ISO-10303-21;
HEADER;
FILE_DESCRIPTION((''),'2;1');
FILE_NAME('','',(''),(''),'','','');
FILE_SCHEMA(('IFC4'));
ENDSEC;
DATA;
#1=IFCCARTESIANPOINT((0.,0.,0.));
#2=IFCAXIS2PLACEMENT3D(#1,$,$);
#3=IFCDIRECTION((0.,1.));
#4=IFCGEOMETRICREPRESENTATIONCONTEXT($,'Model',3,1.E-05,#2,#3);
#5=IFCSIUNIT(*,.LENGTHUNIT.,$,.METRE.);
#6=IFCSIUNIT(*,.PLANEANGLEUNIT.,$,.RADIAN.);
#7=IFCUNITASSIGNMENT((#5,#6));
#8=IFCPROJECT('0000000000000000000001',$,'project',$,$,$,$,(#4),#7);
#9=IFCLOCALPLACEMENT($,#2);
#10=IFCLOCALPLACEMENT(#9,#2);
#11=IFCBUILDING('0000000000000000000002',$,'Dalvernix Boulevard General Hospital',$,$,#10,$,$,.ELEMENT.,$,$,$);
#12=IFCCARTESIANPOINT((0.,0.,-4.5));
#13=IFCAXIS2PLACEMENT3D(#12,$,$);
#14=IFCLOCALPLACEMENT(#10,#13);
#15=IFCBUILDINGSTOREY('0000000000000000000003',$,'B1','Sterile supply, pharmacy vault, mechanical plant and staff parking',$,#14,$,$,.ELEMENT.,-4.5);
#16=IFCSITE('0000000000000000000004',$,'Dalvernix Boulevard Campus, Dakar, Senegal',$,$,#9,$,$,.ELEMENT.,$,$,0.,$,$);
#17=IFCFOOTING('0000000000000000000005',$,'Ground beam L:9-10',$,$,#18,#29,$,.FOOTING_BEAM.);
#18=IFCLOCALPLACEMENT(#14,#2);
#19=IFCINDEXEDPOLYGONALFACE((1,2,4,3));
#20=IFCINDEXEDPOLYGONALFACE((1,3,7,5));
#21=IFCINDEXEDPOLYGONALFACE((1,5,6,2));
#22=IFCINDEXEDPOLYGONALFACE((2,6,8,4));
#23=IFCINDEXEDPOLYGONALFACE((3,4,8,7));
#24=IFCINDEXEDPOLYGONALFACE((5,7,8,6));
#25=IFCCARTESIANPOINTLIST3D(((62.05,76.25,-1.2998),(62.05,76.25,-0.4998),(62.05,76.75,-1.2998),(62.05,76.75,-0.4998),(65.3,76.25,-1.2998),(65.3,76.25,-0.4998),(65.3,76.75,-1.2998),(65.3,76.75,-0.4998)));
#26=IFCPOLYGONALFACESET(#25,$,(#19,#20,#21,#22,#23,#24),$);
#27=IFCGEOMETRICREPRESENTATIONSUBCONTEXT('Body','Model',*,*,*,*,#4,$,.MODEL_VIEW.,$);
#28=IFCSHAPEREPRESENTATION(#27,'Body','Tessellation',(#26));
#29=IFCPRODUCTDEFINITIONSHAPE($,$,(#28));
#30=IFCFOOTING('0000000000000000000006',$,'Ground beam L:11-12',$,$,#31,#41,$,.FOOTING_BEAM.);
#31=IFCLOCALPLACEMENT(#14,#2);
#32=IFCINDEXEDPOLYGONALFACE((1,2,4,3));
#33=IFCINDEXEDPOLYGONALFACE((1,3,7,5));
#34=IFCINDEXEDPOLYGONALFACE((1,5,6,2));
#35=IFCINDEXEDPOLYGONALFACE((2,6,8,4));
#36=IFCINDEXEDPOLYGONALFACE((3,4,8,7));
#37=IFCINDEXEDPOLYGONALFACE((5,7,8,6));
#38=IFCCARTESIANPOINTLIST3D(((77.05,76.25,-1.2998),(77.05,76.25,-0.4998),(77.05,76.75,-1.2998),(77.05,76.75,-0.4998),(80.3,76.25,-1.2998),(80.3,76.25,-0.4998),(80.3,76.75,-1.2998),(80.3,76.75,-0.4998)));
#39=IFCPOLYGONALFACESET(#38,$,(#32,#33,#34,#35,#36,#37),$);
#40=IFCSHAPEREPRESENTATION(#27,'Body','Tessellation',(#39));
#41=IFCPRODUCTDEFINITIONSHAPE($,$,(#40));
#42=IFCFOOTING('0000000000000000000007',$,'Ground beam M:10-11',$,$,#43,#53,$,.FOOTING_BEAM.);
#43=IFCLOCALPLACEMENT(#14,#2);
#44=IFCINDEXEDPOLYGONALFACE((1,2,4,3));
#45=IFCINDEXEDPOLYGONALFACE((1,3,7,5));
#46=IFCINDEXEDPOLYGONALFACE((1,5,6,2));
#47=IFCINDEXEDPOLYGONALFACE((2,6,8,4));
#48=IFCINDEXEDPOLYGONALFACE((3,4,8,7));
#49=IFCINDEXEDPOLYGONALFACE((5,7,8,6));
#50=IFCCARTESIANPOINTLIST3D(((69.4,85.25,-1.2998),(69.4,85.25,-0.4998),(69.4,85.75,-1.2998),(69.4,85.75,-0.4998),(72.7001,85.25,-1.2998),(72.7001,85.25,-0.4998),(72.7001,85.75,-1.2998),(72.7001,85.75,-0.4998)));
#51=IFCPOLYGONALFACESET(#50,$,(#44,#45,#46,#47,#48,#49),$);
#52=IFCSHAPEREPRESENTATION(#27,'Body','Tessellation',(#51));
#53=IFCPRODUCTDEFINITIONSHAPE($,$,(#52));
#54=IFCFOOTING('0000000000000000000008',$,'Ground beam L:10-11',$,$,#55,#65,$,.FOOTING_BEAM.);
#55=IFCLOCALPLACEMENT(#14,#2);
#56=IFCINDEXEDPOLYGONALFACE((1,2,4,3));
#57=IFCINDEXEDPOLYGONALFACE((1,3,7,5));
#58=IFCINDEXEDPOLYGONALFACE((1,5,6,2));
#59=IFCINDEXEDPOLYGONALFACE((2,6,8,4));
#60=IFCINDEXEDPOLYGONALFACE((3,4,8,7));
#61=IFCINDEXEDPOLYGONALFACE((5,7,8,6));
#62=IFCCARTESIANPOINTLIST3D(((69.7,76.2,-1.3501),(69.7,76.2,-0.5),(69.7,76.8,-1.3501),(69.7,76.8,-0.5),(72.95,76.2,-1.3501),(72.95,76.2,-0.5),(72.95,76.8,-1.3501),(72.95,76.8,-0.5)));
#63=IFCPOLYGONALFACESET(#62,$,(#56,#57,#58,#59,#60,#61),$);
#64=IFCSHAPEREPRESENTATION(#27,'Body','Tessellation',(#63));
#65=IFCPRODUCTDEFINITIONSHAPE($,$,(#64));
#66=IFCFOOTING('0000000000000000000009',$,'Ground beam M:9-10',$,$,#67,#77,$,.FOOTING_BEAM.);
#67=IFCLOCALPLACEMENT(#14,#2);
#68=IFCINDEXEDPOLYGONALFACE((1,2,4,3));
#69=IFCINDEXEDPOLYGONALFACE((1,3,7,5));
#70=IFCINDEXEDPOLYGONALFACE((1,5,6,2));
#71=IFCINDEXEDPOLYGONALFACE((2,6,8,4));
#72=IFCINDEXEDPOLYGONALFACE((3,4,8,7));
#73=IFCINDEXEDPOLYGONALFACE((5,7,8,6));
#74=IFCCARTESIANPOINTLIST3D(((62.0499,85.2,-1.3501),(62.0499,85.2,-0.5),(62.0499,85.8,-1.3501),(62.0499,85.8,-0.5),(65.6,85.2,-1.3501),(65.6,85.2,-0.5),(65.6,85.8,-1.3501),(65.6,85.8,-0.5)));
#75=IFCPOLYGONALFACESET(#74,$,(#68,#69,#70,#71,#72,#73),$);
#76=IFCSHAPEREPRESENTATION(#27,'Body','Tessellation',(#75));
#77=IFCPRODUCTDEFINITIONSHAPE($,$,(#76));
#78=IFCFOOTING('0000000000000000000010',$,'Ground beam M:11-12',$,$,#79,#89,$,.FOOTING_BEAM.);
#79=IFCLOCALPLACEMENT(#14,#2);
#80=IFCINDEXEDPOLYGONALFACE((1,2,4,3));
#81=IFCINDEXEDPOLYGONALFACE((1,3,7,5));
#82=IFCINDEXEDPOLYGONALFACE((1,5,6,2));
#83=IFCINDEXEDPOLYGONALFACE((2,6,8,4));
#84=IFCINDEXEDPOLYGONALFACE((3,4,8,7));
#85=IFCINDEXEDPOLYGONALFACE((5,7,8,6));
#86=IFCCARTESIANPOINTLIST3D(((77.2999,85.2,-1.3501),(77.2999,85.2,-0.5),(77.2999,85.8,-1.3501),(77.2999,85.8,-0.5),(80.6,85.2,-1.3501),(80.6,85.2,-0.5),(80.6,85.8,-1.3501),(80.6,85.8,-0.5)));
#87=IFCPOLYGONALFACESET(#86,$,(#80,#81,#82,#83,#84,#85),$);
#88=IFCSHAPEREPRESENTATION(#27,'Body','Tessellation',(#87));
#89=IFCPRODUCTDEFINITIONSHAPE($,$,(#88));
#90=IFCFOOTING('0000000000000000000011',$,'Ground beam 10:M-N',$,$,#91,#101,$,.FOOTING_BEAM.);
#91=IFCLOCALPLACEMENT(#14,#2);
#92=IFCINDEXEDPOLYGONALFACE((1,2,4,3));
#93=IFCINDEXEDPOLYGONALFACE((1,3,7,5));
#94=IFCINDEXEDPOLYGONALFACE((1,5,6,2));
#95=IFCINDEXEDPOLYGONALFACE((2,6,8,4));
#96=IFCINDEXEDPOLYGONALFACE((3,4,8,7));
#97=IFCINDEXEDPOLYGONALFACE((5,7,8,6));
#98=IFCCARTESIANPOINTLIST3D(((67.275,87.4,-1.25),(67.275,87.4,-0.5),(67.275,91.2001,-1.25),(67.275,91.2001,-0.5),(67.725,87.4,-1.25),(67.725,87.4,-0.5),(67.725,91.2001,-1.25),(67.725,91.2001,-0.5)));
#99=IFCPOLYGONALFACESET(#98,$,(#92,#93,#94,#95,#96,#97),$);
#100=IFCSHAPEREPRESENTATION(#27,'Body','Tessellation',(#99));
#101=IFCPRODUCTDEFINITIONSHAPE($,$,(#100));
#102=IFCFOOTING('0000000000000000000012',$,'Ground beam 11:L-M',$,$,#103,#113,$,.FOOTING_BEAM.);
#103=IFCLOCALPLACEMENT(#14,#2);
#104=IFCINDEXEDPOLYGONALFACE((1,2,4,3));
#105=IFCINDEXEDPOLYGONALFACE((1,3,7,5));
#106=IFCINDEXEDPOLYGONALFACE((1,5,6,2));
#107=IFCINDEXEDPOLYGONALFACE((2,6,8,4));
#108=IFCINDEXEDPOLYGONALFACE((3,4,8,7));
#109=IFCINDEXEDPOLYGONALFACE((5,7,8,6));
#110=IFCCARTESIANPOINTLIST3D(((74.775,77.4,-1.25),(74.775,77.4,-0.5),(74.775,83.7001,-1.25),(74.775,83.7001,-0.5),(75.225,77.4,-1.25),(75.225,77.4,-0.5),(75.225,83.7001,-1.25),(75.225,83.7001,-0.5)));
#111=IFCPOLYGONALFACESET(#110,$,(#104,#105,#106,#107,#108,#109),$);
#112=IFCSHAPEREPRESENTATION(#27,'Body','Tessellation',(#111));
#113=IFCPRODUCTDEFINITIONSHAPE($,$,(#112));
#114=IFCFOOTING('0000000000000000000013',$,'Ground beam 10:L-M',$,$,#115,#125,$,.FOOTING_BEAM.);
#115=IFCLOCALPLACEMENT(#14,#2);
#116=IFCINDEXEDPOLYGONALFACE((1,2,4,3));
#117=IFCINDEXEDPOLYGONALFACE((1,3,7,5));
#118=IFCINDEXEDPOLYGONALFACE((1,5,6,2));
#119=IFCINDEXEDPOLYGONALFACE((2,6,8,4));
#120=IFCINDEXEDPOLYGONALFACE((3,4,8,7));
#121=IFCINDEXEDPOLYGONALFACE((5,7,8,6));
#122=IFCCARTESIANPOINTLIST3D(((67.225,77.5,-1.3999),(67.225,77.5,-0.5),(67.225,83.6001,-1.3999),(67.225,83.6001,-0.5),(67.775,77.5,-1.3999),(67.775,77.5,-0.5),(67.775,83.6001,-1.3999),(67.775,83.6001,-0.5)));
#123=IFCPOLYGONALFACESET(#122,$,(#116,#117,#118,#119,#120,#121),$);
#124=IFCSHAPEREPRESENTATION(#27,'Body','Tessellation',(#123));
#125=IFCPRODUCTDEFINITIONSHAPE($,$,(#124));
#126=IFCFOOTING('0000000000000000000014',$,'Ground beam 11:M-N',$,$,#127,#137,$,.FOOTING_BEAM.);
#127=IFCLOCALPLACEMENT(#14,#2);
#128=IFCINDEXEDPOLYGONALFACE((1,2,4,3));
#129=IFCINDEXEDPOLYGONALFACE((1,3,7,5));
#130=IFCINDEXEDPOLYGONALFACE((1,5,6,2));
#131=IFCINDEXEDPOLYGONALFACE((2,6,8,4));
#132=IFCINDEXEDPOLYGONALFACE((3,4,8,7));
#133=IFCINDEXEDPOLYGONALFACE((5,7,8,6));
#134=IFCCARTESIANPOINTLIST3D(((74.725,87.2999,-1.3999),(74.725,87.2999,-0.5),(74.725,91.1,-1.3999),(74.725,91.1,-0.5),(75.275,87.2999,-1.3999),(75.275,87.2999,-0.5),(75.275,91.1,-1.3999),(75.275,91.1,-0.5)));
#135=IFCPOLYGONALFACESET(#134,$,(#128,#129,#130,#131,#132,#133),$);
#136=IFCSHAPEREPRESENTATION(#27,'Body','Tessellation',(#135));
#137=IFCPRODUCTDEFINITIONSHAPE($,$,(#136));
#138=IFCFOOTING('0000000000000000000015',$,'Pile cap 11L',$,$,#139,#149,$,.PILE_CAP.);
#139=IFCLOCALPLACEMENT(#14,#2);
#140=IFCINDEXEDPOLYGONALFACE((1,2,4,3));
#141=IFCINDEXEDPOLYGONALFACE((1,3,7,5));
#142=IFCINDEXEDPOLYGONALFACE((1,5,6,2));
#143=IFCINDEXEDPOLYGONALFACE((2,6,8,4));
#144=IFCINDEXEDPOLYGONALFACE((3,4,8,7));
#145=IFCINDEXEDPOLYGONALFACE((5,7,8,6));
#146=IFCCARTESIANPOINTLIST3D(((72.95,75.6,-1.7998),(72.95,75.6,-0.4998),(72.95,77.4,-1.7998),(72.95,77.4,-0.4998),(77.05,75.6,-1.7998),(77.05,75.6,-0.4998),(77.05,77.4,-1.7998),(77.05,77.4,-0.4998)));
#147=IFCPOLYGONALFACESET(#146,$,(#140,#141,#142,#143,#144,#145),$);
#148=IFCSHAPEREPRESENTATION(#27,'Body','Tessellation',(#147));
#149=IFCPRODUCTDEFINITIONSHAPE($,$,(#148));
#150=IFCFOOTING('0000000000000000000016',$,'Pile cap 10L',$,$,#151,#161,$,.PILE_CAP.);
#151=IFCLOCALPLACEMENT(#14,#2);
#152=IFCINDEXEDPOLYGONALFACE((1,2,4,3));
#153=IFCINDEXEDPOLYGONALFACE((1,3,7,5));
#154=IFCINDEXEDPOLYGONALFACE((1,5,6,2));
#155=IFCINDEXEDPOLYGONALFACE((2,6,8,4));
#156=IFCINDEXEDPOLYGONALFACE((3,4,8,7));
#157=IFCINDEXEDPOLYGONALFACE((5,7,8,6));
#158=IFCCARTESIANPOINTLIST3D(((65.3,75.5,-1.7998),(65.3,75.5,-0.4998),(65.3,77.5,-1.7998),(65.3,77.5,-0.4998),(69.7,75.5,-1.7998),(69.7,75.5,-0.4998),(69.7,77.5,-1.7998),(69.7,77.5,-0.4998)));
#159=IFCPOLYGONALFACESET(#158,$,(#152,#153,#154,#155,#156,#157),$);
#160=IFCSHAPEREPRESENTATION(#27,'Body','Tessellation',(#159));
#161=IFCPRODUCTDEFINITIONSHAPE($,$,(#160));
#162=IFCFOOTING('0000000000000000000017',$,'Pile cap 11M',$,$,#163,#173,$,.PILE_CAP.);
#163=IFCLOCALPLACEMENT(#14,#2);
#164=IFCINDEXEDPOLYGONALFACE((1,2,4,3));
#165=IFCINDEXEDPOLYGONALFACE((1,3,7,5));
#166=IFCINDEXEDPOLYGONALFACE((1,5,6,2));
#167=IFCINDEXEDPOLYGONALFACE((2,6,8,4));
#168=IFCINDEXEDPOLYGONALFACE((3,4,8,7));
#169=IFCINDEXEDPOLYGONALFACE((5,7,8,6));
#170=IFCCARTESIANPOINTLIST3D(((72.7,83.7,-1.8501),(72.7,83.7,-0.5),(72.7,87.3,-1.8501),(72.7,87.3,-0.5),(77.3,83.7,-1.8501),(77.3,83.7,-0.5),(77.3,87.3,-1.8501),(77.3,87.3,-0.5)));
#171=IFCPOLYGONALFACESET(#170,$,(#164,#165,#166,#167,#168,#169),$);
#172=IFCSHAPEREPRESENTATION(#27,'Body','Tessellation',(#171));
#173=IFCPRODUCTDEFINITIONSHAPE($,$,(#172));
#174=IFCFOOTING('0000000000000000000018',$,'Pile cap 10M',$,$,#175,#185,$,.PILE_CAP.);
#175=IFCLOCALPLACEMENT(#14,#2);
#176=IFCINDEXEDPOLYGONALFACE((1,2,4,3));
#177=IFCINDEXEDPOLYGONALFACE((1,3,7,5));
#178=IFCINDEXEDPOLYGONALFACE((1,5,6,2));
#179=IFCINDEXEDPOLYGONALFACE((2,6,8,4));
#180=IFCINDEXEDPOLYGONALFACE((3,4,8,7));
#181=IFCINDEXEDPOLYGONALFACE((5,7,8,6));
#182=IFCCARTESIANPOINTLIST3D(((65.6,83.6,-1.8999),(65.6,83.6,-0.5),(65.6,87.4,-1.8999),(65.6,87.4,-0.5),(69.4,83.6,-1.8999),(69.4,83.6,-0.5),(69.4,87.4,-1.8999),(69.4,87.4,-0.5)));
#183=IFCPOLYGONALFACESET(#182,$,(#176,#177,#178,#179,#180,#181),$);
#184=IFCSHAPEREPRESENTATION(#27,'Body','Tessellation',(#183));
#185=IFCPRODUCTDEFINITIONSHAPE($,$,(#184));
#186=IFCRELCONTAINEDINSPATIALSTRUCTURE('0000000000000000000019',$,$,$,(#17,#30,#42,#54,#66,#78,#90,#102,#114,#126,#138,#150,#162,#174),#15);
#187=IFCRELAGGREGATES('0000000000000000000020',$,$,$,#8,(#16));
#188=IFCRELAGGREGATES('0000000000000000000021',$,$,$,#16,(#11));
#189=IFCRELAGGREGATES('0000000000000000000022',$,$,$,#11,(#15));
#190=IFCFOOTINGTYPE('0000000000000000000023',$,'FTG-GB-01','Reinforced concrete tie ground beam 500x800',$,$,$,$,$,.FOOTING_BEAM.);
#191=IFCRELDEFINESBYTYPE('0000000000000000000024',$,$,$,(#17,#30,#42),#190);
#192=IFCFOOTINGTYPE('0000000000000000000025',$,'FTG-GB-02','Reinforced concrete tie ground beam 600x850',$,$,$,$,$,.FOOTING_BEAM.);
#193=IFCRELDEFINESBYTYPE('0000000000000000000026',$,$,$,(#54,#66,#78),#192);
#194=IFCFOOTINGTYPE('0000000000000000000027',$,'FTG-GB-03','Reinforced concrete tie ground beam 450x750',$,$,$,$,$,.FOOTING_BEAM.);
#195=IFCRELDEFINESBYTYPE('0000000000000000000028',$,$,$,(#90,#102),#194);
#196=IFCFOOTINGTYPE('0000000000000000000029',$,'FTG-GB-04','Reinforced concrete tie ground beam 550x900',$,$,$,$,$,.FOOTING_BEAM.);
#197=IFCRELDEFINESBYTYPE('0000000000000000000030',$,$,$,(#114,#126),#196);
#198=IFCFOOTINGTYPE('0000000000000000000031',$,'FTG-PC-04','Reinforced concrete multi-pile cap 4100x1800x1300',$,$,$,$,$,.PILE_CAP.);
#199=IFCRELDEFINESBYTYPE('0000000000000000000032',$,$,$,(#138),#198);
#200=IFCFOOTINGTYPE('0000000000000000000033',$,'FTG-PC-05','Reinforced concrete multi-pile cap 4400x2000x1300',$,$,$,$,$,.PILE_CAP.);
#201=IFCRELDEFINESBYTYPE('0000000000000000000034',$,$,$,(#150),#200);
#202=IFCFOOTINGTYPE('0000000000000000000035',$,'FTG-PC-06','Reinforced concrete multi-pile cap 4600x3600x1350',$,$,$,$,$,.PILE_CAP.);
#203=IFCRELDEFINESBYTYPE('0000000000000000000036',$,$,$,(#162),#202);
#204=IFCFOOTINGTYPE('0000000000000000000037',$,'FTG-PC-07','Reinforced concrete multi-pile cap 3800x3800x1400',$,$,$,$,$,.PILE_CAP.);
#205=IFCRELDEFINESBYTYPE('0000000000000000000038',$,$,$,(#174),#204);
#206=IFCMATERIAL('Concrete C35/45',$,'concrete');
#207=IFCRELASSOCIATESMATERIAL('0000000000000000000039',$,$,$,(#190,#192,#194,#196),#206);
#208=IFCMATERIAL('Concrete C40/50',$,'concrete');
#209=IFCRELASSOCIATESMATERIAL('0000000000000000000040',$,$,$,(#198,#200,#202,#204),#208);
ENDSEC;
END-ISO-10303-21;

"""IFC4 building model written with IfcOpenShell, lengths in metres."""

from ifc_helpers import new_model, si_unit, direction, frame, origin, origin_2d, place, context, subcontext, project, spatial, rectangle, extrude, material, type_object, element, save


model = new_model("IFC4")

# Units and contexts
model_context = context("Model", 3, precision=1e-05, world=origin(), true_north=direction((0.0, 1.0)))
body_context = subcontext(model_context, "Body", "Model", "MODEL_VIEW")
ifc_project = project(units=[si_unit("LENGTHUNIT", "METRE"), si_unit("PLANEANGLEUNIT", "RADIAN")], contexts=[model_context])

# Site, building, storey
site_placement = place(None, origin())
site = spatial("IfcSite", under=ifc_project, at=site_placement, Name="Dalvernix Boulevard Campus, Dakar, Senegal", CompositionType="ELEMENT", RefElevation=0.0)
building_placement = place(site_placement, origin())
building = spatial("IfcBuilding", under=site, at=building_placement, Name="Dalvernix Boulevard General Hospital", CompositionType="ELEMENT")
storey_placement = place(building_placement, frame((0.0, 0.0, -4.5)))
storey = spatial("IfcBuildingStorey", under=building, at=storey_placement, Name="B1", Description="Sterile supply, pharmacy vault, mechanical plant and staff parking", CompositionType="ELEMENT", Elevation=-4.5)

# Footings
ifc_material_1 = material(Name="Concrete C35/45", Category="concrete")
footing_type_1 = type_object("IfcFootingType", Name="FTG-GB-01", Description="Reinforced concrete tie ground beam 500x800", PredefinedType="FOOTING_BEAM", material=ifc_material_1)
for number, where, z_axis, x_axis, name in (
    (1, (63.675, 76.5, -1.2998), (0.0, 0.0, 1.0), (1.0, 0.0, 0.0), "Ground beam L:9-10"),
    (2, (78.675, 76.5, -1.2998), (0.0, 0.0, 1.0), (1.0, 0.0, 0.0), "Ground beam L:11-12"),
):
    element("IfcFooting", number, at=place(storey_placement, frame(where, z_axis=z_axis, x_axis=x_axis)), inside=storey, type_object=footing_type_1, Name=name, PredefinedType="FOOTING_BEAM", context=body_context, shape_type="SweptSolid", body=[
        extrude(rectangle(XDim=3.25, YDim=0.5, at=origin_2d()), origin(), (0.0, 0.0, 1.0), 0.8),
    ])
footing_1_placement = place(storey_placement, frame((71.05, 85.5, -1.2998), z_axis=(0.0, 0.0, 1.0), x_axis=(1.0, 0.0, 0.0)))
element("IfcFooting", 3, at=footing_1_placement, inside=storey, type_object=footing_type_1, Name="Ground beam M:10-11", PredefinedType="FOOTING_BEAM", context=body_context, shape_type="SweptSolid", body=[
    extrude(rectangle(XDim=3.3, YDim=0.5, at=origin_2d()), origin(), (0.0, 0.0, 1.0), 0.8),
])
footing_type_2 = type_object("IfcFootingType", Name="FTG-GB-02", Description="Reinforced concrete tie ground beam 600x850", PredefinedType="FOOTING_BEAM", material=ifc_material_1)
footing_2_placement = place(storey_placement, frame((71.325, 76.5, -1.3501), z_axis=(0.0, 0.0, 1.0), x_axis=(1.0, 0.0, 0.0)))
element("IfcFooting", 4, at=footing_2_placement, inside=storey, type_object=footing_type_2, Name="Ground beam L:10-11", PredefinedType="FOOTING_BEAM", context=body_context, shape_type="SweptSolid", body=[
    extrude(rectangle(XDim=3.25, YDim=0.6001, at=origin_2d()), origin(), (0.0, 0.0, 1.0), 0.8501),
])
footing_3_placement = place(storey_placement, frame((63.825, 85.5, -1.3501), z_axis=(0.0, 0.0, 1.0), x_axis=(1.0, 0.0, 0.0)))
element("IfcFooting", 5, at=footing_3_placement, inside=storey, type_object=footing_type_2, Name="Ground beam M:9-10", PredefinedType="FOOTING_BEAM", context=body_context, shape_type="SweptSolid", body=[
    extrude(rectangle(XDim=3.55, YDim=0.6001, at=origin_2d()), origin(), (0.0, 0.0, 1.0), 0.8501),
])
footing_4_placement = place(storey_placement, frame((78.95, 85.5, -1.3501), z_axis=(0.0, 0.0, 1.0), x_axis=(1.0, 0.0, 0.0)))
element("IfcFooting", 6, at=footing_4_placement, inside=storey, type_object=footing_type_2, Name="Ground beam M:11-12", PredefinedType="FOOTING_BEAM", context=body_context, shape_type="SweptSolid", body=[
    extrude(rectangle(XDim=3.3, YDim=0.6001, at=origin_2d()), origin(), (0.0, 0.0, 1.0), 0.8501),
])
footing_type_3 = type_object("IfcFootingType", Name="FTG-GB-03", Description="Reinforced concrete tie ground beam 450x750", PredefinedType="FOOTING_BEAM", material=ifc_material_1)
footing_5_placement = place(storey_placement, frame((67.5, 89.3, -1.25), z_axis=(0.0, 0.0, 1.0), x_axis=(0.0, 1.0, 0.0)))
element("IfcFooting", 7, at=footing_5_placement, inside=storey, type_object=footing_type_3, Name="Ground beam 10:M-N", PredefinedType="FOOTING_BEAM", context=body_context, shape_type="SweptSolid", body=[
    extrude(rectangle(XDim=3.8, YDim=0.45, at=origin_2d()), origin(), (0.0, 0.0, 1.0), 0.75),
])
footing_6_placement = place(storey_placement, frame((75.0, 80.55, -1.25), z_axis=(0.0, 0.0, 1.0), x_axis=(0.0, 1.0, 0.0)))
element("IfcFooting", 8, at=footing_6_placement, inside=storey, type_object=footing_type_3, Name="Ground beam 11:L-M", PredefinedType="FOOTING_BEAM", context=body_context, shape_type="SweptSolid", body=[
    extrude(rectangle(XDim=6.3, YDim=0.45, at=origin_2d()), origin(), (0.0, 0.0, 1.0), 0.75),
])
footing_type_4 = type_object("IfcFootingType", Name="FTG-GB-04", Description="Reinforced concrete tie ground beam 550x900", PredefinedType="FOOTING_BEAM", material=ifc_material_1)
footing_7_placement = place(storey_placement, frame((67.5, 80.55, -1.3999), z_axis=(0.0, 0.0, 1.0), x_axis=(0.0, 1.0, 0.0)))
element("IfcFooting", 9, at=footing_7_placement, inside=storey, type_object=footing_type_4, Name="Ground beam 10:L-M", PredefinedType="FOOTING_BEAM", context=body_context, shape_type="SweptSolid", body=[
    extrude(rectangle(XDim=6.1001, YDim=0.55, at=origin_2d()), origin(), (0.0, 0.0, 1.0), 0.8999),
])
footing_8_placement = place(storey_placement, frame((75.0, 89.2, -1.3999), z_axis=(0.0, 0.0, 1.0), x_axis=(0.0, 1.0, 0.0)))
element("IfcFooting", 10, at=footing_8_placement, inside=storey, type_object=footing_type_4, Name="Ground beam 11:M-N", PredefinedType="FOOTING_BEAM", context=body_context, shape_type="SweptSolid", body=[
    extrude(rectangle(XDim=3.8, YDim=0.55, at=origin_2d()), origin(), (0.0, 0.0, 1.0), 0.8999),
])
ifc_material_2 = material(Name="Concrete C40/50", Category="concrete")
footing_type_5 = type_object("IfcFootingType", Name="FTG-PC-04", Description="Reinforced concrete multi-pile cap 4100x1800x1300", PredefinedType="PILE_CAP", material=ifc_material_2)
footing_9_placement = place(storey_placement, frame((75.0, 76.5, -1.7998), z_axis=(0.0, 0.0, 1.0), x_axis=(1.0, 0.0, 0.0)))
element("IfcFooting", 11, at=footing_9_placement, inside=storey, type_object=footing_type_5, Name="Pile cap 11L", PredefinedType="PILE_CAP", context=body_context, shape_type="SweptSolid", body=[
    extrude(rectangle(XDim=4.1001, YDim=1.8, at=origin_2d()), origin(), (0.0, 0.0, 1.0), 1.3),
])
footing_type_6 = type_object("IfcFootingType", Name="FTG-PC-05", Description="Reinforced concrete multi-pile cap 4400x2000x1300", PredefinedType="PILE_CAP", material=ifc_material_2)
footing_10_placement = place(storey_placement, frame((67.5, 76.5, -1.7998), z_axis=(0.0, 0.0, 1.0), x_axis=(1.0, 0.0, 0.0)))
element("IfcFooting", 12, at=footing_10_placement, inside=storey, type_object=footing_type_6, Name="Pile cap 10L", PredefinedType="PILE_CAP", context=body_context, shape_type="SweptSolid", body=[
    extrude(rectangle(XDim=4.3999, YDim=2.0, at=origin_2d()), origin(), (0.0, 0.0, 1.0), 1.3),
])
footing_type_7 = type_object("IfcFootingType", Name="FTG-PC-06", Description="Reinforced concrete multi-pile cap 4600x3600x1350", PredefinedType="PILE_CAP", material=ifc_material_2)
footing_11_placement = place(storey_placement, frame((75.0, 85.5, -1.8501), z_axis=(0.0, 0.0, 1.0), x_axis=(1.0, 0.0, 0.0)))
element("IfcFooting", 13, at=footing_11_placement, inside=storey, type_object=footing_type_7, Name="Pile cap 11M", PredefinedType="PILE_CAP", context=body_context, shape_type="SweptSolid", body=[
    extrude(rectangle(XDim=4.6001, YDim=3.6001, at=origin_2d()), origin(), (0.0, 0.0, 1.0), 1.3501),
])
footing_type_8 = type_object("IfcFootingType", Name="FTG-PC-07", Description="Reinforced concrete multi-pile cap 3800x3800x1400", PredefinedType="PILE_CAP", material=ifc_material_2)
footing_12_placement = place(storey_placement, frame((67.5, 85.5, -1.8999), z_axis=(0.0, 0.0, 1.0), x_axis=(1.0, 0.0, 0.0)))
element("IfcFooting", 14, at=footing_12_placement, inside=storey, type_object=footing_type_8, Name="Pile cap 10M", PredefinedType="PILE_CAP", context=body_context, shape_type="SweptSolid", body=[
    extrude(rectangle(XDim=3.8, YDim=3.8, at=origin_2d()), origin(), (0.0, 0.0, 1.0), 1.3999),
])

save(model, "model.ifc")
